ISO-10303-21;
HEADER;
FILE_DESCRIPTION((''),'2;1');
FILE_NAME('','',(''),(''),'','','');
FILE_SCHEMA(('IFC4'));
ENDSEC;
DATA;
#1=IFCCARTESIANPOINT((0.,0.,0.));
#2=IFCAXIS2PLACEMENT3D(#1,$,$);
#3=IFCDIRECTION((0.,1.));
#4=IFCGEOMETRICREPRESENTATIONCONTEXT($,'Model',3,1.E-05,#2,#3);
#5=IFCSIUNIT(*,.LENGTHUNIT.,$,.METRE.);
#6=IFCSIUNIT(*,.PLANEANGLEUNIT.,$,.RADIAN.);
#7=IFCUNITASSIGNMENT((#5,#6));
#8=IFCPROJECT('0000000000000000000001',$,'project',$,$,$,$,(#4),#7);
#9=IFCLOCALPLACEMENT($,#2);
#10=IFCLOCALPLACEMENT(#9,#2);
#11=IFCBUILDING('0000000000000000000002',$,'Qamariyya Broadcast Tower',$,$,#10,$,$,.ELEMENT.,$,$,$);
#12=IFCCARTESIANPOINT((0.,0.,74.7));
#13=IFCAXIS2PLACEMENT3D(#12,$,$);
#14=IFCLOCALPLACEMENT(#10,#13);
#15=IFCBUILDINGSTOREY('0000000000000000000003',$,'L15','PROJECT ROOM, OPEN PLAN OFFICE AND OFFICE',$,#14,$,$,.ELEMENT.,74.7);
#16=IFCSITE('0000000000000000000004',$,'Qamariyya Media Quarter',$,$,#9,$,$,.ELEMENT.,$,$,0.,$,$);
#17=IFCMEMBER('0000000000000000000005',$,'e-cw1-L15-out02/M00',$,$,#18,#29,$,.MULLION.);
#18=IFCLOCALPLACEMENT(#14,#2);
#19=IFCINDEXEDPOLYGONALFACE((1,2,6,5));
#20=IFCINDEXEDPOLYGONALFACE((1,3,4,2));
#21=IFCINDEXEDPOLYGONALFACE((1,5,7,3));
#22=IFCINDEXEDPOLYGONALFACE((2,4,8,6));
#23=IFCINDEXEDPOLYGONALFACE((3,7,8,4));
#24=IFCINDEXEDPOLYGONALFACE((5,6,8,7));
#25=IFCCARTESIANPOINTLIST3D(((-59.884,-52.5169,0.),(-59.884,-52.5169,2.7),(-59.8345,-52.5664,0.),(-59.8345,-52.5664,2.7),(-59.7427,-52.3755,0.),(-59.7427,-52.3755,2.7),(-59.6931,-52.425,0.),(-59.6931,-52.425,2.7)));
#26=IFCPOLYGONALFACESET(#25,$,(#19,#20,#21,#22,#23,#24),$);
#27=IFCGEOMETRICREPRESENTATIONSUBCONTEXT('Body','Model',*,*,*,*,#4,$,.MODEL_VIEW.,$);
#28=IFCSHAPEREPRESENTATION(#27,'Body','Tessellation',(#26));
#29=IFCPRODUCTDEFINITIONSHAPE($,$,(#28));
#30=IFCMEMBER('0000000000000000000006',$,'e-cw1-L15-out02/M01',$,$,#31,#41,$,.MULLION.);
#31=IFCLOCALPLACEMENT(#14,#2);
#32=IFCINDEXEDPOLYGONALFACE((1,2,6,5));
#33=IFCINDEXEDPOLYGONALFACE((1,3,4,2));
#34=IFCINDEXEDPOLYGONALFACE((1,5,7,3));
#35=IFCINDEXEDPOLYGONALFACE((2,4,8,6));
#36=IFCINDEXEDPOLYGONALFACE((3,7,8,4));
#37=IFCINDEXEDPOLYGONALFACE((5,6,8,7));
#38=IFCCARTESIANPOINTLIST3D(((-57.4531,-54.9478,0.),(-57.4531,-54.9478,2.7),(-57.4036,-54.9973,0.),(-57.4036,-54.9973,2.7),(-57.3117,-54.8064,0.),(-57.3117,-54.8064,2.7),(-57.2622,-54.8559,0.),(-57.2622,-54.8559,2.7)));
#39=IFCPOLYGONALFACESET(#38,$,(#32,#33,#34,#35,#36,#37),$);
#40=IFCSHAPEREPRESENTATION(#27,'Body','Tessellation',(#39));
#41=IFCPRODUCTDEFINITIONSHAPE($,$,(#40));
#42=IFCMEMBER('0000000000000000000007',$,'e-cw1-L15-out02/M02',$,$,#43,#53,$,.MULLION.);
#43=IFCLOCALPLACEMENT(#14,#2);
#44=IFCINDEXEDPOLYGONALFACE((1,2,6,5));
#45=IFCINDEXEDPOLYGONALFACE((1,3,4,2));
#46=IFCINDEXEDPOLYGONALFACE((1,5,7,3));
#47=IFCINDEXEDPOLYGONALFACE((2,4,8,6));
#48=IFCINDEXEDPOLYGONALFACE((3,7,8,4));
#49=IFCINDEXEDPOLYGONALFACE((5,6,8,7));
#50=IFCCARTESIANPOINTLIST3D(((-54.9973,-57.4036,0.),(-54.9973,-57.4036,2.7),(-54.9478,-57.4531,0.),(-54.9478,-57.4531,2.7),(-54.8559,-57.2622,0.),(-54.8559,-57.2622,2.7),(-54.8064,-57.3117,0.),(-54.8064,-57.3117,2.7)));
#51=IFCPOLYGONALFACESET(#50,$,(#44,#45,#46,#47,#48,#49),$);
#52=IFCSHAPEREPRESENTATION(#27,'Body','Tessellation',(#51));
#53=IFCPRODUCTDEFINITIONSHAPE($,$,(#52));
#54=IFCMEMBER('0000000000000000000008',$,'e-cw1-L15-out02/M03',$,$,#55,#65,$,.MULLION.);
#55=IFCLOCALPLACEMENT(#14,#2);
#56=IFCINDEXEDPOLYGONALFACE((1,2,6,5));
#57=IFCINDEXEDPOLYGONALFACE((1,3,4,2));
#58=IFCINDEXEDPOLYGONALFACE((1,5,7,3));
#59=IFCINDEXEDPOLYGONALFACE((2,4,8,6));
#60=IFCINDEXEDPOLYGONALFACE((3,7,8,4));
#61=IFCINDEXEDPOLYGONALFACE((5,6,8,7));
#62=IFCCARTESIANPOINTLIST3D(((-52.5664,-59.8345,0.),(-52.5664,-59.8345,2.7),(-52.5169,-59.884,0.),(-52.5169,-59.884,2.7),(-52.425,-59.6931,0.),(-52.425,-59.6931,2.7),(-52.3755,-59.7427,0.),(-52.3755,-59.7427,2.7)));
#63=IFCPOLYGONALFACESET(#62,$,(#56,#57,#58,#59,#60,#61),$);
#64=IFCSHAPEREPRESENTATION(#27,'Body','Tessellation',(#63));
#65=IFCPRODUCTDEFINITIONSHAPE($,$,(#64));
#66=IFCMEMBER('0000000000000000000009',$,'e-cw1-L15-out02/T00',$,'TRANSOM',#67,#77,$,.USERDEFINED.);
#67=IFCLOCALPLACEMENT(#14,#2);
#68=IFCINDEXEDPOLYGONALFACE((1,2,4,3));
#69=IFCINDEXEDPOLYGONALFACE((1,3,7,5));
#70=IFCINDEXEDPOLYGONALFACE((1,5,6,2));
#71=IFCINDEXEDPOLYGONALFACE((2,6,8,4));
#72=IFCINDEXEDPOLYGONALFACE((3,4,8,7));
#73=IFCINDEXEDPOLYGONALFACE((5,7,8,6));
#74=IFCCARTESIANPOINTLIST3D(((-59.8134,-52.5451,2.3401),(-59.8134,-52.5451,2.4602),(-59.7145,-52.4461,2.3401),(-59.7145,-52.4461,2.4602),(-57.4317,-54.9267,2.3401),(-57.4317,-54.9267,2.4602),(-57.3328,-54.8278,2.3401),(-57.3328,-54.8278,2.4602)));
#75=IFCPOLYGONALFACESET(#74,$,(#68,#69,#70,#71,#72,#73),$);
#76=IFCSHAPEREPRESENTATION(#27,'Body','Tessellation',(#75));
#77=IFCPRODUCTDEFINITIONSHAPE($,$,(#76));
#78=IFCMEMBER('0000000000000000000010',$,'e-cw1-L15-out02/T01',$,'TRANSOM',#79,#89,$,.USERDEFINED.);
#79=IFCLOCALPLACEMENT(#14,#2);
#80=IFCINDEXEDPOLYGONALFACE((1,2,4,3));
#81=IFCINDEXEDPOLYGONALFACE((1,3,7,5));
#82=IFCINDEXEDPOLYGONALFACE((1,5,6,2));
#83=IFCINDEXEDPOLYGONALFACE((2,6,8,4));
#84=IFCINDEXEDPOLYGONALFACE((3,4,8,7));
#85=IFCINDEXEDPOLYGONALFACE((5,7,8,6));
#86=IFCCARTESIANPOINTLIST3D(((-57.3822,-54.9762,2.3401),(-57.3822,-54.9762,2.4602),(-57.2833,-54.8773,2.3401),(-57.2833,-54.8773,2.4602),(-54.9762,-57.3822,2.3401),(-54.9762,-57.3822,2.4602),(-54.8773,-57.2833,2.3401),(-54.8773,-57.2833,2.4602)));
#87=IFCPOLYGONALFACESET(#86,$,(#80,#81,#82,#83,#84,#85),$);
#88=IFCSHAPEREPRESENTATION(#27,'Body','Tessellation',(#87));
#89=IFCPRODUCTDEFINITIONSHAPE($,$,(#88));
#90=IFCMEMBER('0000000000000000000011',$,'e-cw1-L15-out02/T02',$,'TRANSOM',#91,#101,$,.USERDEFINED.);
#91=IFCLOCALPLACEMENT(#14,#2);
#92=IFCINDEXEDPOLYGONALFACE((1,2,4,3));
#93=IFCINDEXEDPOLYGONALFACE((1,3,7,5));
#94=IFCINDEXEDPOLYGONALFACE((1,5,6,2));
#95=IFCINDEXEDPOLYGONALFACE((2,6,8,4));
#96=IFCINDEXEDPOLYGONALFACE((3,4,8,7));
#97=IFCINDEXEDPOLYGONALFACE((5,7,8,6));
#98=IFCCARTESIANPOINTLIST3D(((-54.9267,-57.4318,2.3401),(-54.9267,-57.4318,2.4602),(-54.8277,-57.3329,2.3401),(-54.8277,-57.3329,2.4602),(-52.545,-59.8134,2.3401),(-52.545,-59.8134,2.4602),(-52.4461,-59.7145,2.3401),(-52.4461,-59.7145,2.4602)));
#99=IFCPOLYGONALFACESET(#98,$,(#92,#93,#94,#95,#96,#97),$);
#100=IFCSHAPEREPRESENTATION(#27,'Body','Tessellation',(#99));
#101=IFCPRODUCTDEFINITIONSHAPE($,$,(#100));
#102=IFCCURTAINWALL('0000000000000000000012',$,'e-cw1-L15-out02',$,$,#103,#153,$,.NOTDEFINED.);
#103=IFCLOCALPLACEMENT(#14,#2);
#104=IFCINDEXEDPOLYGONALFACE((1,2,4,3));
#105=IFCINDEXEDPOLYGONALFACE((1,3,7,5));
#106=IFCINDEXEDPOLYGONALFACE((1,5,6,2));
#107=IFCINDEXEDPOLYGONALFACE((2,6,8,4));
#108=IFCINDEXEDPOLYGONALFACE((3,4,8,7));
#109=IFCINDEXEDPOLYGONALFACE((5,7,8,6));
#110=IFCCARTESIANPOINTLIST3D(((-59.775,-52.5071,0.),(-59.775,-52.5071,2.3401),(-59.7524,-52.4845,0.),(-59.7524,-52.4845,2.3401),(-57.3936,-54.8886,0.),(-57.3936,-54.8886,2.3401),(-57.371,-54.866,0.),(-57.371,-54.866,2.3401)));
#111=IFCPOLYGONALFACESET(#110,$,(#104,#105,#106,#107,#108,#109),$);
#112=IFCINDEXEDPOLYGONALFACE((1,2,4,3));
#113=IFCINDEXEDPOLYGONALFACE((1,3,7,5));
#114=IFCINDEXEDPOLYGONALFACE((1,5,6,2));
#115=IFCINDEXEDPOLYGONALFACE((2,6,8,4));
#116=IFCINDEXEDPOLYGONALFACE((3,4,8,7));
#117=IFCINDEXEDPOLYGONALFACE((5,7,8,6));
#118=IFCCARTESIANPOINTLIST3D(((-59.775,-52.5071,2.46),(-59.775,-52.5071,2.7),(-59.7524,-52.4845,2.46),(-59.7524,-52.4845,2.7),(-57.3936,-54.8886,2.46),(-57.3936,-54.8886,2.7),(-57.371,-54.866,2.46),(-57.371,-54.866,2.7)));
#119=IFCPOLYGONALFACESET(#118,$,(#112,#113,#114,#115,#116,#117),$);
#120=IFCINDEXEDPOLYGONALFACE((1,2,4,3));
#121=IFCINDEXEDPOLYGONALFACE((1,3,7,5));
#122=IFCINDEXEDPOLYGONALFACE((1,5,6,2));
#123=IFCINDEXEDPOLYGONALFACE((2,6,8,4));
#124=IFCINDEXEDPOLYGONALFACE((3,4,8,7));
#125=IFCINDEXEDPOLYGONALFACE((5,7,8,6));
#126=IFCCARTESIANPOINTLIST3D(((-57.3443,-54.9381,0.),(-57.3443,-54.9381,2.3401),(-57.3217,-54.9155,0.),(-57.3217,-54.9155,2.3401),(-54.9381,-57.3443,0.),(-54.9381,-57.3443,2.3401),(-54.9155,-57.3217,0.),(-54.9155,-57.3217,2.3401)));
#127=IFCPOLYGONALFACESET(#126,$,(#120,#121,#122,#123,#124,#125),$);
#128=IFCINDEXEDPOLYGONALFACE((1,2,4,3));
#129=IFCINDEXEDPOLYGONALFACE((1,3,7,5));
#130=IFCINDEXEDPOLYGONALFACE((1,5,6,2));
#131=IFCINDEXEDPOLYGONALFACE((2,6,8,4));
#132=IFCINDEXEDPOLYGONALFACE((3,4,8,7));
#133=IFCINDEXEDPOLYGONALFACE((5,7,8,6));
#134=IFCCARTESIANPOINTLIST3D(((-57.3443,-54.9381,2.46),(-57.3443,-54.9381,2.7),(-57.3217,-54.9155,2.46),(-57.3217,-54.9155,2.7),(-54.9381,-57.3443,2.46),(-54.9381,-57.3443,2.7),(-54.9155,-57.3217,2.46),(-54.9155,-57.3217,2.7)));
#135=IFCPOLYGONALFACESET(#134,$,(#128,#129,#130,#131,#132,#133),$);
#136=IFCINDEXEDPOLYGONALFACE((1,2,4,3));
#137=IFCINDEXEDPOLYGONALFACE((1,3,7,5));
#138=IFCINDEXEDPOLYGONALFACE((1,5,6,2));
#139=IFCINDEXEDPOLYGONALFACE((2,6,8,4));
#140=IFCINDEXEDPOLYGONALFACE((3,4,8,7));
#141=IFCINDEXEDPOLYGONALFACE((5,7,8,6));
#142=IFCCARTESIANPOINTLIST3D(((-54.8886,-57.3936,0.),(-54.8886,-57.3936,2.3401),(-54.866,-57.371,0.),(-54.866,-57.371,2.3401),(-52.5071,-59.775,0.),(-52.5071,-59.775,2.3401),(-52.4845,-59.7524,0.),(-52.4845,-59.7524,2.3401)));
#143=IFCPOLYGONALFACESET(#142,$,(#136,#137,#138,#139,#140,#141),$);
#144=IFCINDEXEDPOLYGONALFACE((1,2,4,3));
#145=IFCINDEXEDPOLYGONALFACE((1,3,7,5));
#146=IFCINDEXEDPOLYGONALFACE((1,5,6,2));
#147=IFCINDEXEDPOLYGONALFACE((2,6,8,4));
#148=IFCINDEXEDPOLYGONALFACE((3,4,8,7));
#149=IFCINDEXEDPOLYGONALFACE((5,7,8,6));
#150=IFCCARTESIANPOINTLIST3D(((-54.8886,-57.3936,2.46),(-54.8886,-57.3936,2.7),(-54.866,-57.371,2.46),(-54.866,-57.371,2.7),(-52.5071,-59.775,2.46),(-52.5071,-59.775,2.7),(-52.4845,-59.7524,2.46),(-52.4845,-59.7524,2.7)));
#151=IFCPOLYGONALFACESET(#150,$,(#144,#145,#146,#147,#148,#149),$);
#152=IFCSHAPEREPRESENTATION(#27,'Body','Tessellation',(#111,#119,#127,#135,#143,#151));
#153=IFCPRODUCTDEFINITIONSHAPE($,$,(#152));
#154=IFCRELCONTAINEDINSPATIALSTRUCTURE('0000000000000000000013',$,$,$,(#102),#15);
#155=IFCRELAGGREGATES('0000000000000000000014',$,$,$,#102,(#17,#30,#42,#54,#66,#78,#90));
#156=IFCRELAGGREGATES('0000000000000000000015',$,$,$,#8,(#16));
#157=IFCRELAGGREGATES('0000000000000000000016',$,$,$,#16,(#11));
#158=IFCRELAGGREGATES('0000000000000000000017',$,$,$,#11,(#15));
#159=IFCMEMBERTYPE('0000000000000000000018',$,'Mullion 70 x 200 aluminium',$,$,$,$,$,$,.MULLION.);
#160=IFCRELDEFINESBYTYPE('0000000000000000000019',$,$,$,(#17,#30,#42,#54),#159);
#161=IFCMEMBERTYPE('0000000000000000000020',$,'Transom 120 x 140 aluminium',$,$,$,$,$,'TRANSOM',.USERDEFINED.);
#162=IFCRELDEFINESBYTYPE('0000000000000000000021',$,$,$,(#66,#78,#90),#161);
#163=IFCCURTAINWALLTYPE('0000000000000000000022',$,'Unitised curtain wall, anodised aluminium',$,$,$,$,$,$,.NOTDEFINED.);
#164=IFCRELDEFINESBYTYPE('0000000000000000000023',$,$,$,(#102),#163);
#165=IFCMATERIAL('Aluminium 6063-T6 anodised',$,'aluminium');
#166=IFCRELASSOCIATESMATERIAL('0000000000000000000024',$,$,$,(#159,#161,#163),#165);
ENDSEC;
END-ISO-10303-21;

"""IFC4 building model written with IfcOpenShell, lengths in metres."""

from ifc_helpers import new_model, si_unit, direction, frame, origin, origin_2d, place, context, subcontext, project, spatial, rectangle, extrude, material, material_profile, profile_set, type_object, element, aggregate, save


model = new_model("IFC4")

# Units and contexts
model_context = context("Model", 3, precision=1e-05, world=origin(), true_north=direction((0.0, 1.0)))
body_context = subcontext(model_context, "Body", "Model", "MODEL_VIEW")
ifc_project = project(units=[si_unit("LENGTHUNIT", "METRE"), si_unit("PLANEANGLEUNIT", "RADIAN")], contexts=[model_context])

# Members
ifc_material_1 = material(Name="Aluminium 6063-T6 anodised", Category="aluminium")
ifc_material_profile_1 = material_profile(ifc_material_1, rectangle(XDim=0.2, YDim=0.0701, at=origin_2d()))
ifc_profile_set_1 = profile_set([ifc_material_profile_1], Name="Aluminium 6063-T6 anodised")
member_type_1 = type_object("IfcMemberType", Name="Mullion 70 x 200 aluminium", PredefinedType="MULLION", material=ifc_profile_set_1)
site_placement = place(None, origin())
building_placement = place(site_placement, origin())
storey_placement = place(building_placement, frame((0.0, 0.0, 74.7)))
member_1_placement = place(storey_placement, frame((-59.7886, -52.4709, 0.0), z_axis=(0.0, 0.0, 1.0), x_axis=(0.707107, 0.707107, 0.0)))
member_1 = element("IfcMember", 1, at=member_1_placement, type_object=member_type_1, Name="e-cw1-L15-out02/M00", PredefinedType="MULLION", context=body_context, shape_type="SweptSolid", body=[
    extrude(rectangle(XDim=0.2, YDim=0.0701, at=origin_2d()), origin(), (0.0, 0.0, 1.0), 2.7),
])
member_2_placement = place(storey_placement, frame((-57.3577, -54.9019, 0.0), z_axis=(0.0, 0.0, 1.0), x_axis=(0.707107, 0.707107, 0.0)))
member_2 = element("IfcMember", 2, at=member_2_placement, type_object=member_type_1, Name="e-cw1-L15-out02/M01", PredefinedType="MULLION", context=body_context, shape_type="SweptSolid", body=[
    extrude(rectangle(XDim=0.2, YDim=0.0701, at=origin_2d()), origin(), (0.0, 0.0, 1.0), 2.7),
])
member_3_placement = place(storey_placement, frame((-54.9019, -57.3577, 0.0), z_axis=(0.0, 0.0, 1.0), x_axis=(0.707107, 0.707107, 0.0)))
member_3 = element("IfcMember", 3, at=member_3_placement, type_object=member_type_1, Name="e-cw1-L15-out02/M02", PredefinedType="MULLION", context=body_context, shape_type="SweptSolid", body=[
    extrude(rectangle(XDim=0.2, YDim=0.0701, at=origin_2d()), origin(), (0.0, 0.0, 1.0), 2.7),
])
member_4_placement = place(storey_placement, frame((-52.4709, -59.7886, 0.0), z_axis=(0.0, 0.0, 1.0), x_axis=(0.707107, 0.707107, 0.0)))
member_4 = element("IfcMember", 4, at=member_4_placement, type_object=member_type_1, Name="e-cw1-L15-out02/M03", PredefinedType="MULLION", context=body_context, shape_type="SweptSolid", body=[
    extrude(rectangle(XDim=0.2, YDim=0.0701, at=origin_2d()), origin(), (0.0, 0.0, 1.0), 2.7),
])
ifc_material_profile_2 = material_profile(ifc_material_1, rectangle(XDim=0.1399, YDim=0.1201, at=origin_2d()))
ifc_profile_set_2 = profile_set([ifc_material_profile_2], Name="Aluminium 6063-T6 anodised")
member_type_2 = type_object("IfcMemberType", Name="Transom 120 x 140 aluminium", ElementType="TRANSOM", PredefinedType="USERDEFINED", material=ifc_profile_set_2)
member_5_placement = place(storey_placement, frame((-59.7639, -52.4956, 2.4001), z_axis=(0.707107, -0.707107, 0.0), x_axis=(0.707107, 0.707107, 0.0)))
member_5 = element("IfcMember", 5, at=member_5_placement, type_object=member_type_2, Name="e-cw1-L15-out02/T00", ObjectType="TRANSOM", PredefinedType="USERDEFINED", context=body_context, shape_type="SweptSolid", body=[
    extrude(rectangle(XDim=0.1399, YDim=0.1201, at=origin_2d()), origin(), (0.0, 0.0, 1.0), 3.3682),
])
member_6_placement = place(storey_placement, frame((-57.3328, -54.9268, 2.4001), z_axis=(0.707107, -0.707107, 0.0), x_axis=(0.707107, 0.707107, 0.0)))
member_6 = element("IfcMember", 6, at=member_6_placement, type_object=member_type_2, Name="e-cw1-L15-out02/T01", ObjectType="TRANSOM", PredefinedType="USERDEFINED", context=body_context, shape_type="SweptSolid", body=[
    extrude(rectangle(XDim=0.1399, YDim=0.1201, at=origin_2d()), origin(), (0.0, 0.0, 1.0), 3.4026),
])
member_7_placement = place(storey_placement, frame((-54.8772, -57.3823, 2.4001), z_axis=(0.707107, -0.707107, 0.0), x_axis=(0.707107, 0.707107, 0.0)))
member_7 = element("IfcMember", 7, at=member_7_placement, type_object=member_type_2, Name="e-cw1-L15-out02/T02", ObjectType="TRANSOM", PredefinedType="USERDEFINED", context=body_context, shape_type="SweptSolid", body=[
    extrude(rectangle(XDim=0.1399, YDim=0.1201, at=origin_2d()), origin(), (0.0, 0.0, 1.0), 3.3682),
])

# Site, building, storey
site = spatial("IfcSite", under=ifc_project, at=site_placement, Name="Qamariyya Media Quarter", CompositionType="ELEMENT", RefElevation=0.0)
building = spatial("IfcBuilding", under=site, at=building_placement, Name="Qamariyya Broadcast Tower", CompositionType="ELEMENT")
storey = spatial("IfcBuildingStorey", under=building, at=storey_placement, Name="L15", Description="PROJECT ROOM, OPEN PLAN OFFICE AND OFFICE", CompositionType="ELEMENT", Elevation=74.7)

# Curtain wall
curtain_wall_type = type_object("IfcCurtainWallType", Name="Unitised curtain wall, anodised aluminium", PredefinedType="NOTDEFINED", material=ifc_material_1)
curtain_wall_1_placement = place(storey_placement, origin())
curtain_wall_1 = element("IfcCurtainWall", 8, at=curtain_wall_1_placement, inside=storey, type_object=curtain_wall_type, Name="e-cw1-L15-out02", PredefinedType="NOTDEFINED", context=body_context, shape_type="SweptSolid", body=[
    extrude(rectangle(XDim=3.3679, YDim=0.032, at=origin_2d()), frame((-58.573, -53.6865, 0.0), x_axis=(0.707107, -0.707107, 0.0)), (0.0, 0.0, 1.0), 2.3401),
    extrude(rectangle(XDim=3.3679, YDim=0.032, at=origin_2d()), frame((-58.573, -53.6865, 2.46), x_axis=(0.707107, -0.707107, 0.0)), (0.0, 0.0, 1.0), 0.24),
    extrude(rectangle(XDim=3.4028, YDim=0.032, at=origin_2d()), frame((-56.1299, -56.1299, 0.0), x_axis=(0.707107, -0.707107, 0.0)), (0.0, 0.0, 1.0), 2.3401),
    extrude(rectangle(XDim=3.4028, YDim=0.032, at=origin_2d()), frame((-56.1299, -56.1299, 2.46), x_axis=(0.707107, -0.707107, 0.0)), (0.0, 0.0, 1.0), 0.24),
    extrude(rectangle(XDim=3.3679, YDim=0.032, at=origin_2d()), frame((-53.6865, -58.573, 0.0), x_axis=(0.707107, -0.707107, 0.0)), (0.0, 0.0, 1.0), 2.3401),
    extrude(rectangle(XDim=3.3679, YDim=0.032, at=origin_2d()), frame((-53.6865, -58.573, 2.46), x_axis=(0.707107, -0.707107, 0.0)), (0.0, 0.0, 1.0), 0.24),
])
aggregate(curtain_wall_1, [member_1, member_2, member_3, member_4, member_5, member_6, member_7])

save(model, "model.ifc")
